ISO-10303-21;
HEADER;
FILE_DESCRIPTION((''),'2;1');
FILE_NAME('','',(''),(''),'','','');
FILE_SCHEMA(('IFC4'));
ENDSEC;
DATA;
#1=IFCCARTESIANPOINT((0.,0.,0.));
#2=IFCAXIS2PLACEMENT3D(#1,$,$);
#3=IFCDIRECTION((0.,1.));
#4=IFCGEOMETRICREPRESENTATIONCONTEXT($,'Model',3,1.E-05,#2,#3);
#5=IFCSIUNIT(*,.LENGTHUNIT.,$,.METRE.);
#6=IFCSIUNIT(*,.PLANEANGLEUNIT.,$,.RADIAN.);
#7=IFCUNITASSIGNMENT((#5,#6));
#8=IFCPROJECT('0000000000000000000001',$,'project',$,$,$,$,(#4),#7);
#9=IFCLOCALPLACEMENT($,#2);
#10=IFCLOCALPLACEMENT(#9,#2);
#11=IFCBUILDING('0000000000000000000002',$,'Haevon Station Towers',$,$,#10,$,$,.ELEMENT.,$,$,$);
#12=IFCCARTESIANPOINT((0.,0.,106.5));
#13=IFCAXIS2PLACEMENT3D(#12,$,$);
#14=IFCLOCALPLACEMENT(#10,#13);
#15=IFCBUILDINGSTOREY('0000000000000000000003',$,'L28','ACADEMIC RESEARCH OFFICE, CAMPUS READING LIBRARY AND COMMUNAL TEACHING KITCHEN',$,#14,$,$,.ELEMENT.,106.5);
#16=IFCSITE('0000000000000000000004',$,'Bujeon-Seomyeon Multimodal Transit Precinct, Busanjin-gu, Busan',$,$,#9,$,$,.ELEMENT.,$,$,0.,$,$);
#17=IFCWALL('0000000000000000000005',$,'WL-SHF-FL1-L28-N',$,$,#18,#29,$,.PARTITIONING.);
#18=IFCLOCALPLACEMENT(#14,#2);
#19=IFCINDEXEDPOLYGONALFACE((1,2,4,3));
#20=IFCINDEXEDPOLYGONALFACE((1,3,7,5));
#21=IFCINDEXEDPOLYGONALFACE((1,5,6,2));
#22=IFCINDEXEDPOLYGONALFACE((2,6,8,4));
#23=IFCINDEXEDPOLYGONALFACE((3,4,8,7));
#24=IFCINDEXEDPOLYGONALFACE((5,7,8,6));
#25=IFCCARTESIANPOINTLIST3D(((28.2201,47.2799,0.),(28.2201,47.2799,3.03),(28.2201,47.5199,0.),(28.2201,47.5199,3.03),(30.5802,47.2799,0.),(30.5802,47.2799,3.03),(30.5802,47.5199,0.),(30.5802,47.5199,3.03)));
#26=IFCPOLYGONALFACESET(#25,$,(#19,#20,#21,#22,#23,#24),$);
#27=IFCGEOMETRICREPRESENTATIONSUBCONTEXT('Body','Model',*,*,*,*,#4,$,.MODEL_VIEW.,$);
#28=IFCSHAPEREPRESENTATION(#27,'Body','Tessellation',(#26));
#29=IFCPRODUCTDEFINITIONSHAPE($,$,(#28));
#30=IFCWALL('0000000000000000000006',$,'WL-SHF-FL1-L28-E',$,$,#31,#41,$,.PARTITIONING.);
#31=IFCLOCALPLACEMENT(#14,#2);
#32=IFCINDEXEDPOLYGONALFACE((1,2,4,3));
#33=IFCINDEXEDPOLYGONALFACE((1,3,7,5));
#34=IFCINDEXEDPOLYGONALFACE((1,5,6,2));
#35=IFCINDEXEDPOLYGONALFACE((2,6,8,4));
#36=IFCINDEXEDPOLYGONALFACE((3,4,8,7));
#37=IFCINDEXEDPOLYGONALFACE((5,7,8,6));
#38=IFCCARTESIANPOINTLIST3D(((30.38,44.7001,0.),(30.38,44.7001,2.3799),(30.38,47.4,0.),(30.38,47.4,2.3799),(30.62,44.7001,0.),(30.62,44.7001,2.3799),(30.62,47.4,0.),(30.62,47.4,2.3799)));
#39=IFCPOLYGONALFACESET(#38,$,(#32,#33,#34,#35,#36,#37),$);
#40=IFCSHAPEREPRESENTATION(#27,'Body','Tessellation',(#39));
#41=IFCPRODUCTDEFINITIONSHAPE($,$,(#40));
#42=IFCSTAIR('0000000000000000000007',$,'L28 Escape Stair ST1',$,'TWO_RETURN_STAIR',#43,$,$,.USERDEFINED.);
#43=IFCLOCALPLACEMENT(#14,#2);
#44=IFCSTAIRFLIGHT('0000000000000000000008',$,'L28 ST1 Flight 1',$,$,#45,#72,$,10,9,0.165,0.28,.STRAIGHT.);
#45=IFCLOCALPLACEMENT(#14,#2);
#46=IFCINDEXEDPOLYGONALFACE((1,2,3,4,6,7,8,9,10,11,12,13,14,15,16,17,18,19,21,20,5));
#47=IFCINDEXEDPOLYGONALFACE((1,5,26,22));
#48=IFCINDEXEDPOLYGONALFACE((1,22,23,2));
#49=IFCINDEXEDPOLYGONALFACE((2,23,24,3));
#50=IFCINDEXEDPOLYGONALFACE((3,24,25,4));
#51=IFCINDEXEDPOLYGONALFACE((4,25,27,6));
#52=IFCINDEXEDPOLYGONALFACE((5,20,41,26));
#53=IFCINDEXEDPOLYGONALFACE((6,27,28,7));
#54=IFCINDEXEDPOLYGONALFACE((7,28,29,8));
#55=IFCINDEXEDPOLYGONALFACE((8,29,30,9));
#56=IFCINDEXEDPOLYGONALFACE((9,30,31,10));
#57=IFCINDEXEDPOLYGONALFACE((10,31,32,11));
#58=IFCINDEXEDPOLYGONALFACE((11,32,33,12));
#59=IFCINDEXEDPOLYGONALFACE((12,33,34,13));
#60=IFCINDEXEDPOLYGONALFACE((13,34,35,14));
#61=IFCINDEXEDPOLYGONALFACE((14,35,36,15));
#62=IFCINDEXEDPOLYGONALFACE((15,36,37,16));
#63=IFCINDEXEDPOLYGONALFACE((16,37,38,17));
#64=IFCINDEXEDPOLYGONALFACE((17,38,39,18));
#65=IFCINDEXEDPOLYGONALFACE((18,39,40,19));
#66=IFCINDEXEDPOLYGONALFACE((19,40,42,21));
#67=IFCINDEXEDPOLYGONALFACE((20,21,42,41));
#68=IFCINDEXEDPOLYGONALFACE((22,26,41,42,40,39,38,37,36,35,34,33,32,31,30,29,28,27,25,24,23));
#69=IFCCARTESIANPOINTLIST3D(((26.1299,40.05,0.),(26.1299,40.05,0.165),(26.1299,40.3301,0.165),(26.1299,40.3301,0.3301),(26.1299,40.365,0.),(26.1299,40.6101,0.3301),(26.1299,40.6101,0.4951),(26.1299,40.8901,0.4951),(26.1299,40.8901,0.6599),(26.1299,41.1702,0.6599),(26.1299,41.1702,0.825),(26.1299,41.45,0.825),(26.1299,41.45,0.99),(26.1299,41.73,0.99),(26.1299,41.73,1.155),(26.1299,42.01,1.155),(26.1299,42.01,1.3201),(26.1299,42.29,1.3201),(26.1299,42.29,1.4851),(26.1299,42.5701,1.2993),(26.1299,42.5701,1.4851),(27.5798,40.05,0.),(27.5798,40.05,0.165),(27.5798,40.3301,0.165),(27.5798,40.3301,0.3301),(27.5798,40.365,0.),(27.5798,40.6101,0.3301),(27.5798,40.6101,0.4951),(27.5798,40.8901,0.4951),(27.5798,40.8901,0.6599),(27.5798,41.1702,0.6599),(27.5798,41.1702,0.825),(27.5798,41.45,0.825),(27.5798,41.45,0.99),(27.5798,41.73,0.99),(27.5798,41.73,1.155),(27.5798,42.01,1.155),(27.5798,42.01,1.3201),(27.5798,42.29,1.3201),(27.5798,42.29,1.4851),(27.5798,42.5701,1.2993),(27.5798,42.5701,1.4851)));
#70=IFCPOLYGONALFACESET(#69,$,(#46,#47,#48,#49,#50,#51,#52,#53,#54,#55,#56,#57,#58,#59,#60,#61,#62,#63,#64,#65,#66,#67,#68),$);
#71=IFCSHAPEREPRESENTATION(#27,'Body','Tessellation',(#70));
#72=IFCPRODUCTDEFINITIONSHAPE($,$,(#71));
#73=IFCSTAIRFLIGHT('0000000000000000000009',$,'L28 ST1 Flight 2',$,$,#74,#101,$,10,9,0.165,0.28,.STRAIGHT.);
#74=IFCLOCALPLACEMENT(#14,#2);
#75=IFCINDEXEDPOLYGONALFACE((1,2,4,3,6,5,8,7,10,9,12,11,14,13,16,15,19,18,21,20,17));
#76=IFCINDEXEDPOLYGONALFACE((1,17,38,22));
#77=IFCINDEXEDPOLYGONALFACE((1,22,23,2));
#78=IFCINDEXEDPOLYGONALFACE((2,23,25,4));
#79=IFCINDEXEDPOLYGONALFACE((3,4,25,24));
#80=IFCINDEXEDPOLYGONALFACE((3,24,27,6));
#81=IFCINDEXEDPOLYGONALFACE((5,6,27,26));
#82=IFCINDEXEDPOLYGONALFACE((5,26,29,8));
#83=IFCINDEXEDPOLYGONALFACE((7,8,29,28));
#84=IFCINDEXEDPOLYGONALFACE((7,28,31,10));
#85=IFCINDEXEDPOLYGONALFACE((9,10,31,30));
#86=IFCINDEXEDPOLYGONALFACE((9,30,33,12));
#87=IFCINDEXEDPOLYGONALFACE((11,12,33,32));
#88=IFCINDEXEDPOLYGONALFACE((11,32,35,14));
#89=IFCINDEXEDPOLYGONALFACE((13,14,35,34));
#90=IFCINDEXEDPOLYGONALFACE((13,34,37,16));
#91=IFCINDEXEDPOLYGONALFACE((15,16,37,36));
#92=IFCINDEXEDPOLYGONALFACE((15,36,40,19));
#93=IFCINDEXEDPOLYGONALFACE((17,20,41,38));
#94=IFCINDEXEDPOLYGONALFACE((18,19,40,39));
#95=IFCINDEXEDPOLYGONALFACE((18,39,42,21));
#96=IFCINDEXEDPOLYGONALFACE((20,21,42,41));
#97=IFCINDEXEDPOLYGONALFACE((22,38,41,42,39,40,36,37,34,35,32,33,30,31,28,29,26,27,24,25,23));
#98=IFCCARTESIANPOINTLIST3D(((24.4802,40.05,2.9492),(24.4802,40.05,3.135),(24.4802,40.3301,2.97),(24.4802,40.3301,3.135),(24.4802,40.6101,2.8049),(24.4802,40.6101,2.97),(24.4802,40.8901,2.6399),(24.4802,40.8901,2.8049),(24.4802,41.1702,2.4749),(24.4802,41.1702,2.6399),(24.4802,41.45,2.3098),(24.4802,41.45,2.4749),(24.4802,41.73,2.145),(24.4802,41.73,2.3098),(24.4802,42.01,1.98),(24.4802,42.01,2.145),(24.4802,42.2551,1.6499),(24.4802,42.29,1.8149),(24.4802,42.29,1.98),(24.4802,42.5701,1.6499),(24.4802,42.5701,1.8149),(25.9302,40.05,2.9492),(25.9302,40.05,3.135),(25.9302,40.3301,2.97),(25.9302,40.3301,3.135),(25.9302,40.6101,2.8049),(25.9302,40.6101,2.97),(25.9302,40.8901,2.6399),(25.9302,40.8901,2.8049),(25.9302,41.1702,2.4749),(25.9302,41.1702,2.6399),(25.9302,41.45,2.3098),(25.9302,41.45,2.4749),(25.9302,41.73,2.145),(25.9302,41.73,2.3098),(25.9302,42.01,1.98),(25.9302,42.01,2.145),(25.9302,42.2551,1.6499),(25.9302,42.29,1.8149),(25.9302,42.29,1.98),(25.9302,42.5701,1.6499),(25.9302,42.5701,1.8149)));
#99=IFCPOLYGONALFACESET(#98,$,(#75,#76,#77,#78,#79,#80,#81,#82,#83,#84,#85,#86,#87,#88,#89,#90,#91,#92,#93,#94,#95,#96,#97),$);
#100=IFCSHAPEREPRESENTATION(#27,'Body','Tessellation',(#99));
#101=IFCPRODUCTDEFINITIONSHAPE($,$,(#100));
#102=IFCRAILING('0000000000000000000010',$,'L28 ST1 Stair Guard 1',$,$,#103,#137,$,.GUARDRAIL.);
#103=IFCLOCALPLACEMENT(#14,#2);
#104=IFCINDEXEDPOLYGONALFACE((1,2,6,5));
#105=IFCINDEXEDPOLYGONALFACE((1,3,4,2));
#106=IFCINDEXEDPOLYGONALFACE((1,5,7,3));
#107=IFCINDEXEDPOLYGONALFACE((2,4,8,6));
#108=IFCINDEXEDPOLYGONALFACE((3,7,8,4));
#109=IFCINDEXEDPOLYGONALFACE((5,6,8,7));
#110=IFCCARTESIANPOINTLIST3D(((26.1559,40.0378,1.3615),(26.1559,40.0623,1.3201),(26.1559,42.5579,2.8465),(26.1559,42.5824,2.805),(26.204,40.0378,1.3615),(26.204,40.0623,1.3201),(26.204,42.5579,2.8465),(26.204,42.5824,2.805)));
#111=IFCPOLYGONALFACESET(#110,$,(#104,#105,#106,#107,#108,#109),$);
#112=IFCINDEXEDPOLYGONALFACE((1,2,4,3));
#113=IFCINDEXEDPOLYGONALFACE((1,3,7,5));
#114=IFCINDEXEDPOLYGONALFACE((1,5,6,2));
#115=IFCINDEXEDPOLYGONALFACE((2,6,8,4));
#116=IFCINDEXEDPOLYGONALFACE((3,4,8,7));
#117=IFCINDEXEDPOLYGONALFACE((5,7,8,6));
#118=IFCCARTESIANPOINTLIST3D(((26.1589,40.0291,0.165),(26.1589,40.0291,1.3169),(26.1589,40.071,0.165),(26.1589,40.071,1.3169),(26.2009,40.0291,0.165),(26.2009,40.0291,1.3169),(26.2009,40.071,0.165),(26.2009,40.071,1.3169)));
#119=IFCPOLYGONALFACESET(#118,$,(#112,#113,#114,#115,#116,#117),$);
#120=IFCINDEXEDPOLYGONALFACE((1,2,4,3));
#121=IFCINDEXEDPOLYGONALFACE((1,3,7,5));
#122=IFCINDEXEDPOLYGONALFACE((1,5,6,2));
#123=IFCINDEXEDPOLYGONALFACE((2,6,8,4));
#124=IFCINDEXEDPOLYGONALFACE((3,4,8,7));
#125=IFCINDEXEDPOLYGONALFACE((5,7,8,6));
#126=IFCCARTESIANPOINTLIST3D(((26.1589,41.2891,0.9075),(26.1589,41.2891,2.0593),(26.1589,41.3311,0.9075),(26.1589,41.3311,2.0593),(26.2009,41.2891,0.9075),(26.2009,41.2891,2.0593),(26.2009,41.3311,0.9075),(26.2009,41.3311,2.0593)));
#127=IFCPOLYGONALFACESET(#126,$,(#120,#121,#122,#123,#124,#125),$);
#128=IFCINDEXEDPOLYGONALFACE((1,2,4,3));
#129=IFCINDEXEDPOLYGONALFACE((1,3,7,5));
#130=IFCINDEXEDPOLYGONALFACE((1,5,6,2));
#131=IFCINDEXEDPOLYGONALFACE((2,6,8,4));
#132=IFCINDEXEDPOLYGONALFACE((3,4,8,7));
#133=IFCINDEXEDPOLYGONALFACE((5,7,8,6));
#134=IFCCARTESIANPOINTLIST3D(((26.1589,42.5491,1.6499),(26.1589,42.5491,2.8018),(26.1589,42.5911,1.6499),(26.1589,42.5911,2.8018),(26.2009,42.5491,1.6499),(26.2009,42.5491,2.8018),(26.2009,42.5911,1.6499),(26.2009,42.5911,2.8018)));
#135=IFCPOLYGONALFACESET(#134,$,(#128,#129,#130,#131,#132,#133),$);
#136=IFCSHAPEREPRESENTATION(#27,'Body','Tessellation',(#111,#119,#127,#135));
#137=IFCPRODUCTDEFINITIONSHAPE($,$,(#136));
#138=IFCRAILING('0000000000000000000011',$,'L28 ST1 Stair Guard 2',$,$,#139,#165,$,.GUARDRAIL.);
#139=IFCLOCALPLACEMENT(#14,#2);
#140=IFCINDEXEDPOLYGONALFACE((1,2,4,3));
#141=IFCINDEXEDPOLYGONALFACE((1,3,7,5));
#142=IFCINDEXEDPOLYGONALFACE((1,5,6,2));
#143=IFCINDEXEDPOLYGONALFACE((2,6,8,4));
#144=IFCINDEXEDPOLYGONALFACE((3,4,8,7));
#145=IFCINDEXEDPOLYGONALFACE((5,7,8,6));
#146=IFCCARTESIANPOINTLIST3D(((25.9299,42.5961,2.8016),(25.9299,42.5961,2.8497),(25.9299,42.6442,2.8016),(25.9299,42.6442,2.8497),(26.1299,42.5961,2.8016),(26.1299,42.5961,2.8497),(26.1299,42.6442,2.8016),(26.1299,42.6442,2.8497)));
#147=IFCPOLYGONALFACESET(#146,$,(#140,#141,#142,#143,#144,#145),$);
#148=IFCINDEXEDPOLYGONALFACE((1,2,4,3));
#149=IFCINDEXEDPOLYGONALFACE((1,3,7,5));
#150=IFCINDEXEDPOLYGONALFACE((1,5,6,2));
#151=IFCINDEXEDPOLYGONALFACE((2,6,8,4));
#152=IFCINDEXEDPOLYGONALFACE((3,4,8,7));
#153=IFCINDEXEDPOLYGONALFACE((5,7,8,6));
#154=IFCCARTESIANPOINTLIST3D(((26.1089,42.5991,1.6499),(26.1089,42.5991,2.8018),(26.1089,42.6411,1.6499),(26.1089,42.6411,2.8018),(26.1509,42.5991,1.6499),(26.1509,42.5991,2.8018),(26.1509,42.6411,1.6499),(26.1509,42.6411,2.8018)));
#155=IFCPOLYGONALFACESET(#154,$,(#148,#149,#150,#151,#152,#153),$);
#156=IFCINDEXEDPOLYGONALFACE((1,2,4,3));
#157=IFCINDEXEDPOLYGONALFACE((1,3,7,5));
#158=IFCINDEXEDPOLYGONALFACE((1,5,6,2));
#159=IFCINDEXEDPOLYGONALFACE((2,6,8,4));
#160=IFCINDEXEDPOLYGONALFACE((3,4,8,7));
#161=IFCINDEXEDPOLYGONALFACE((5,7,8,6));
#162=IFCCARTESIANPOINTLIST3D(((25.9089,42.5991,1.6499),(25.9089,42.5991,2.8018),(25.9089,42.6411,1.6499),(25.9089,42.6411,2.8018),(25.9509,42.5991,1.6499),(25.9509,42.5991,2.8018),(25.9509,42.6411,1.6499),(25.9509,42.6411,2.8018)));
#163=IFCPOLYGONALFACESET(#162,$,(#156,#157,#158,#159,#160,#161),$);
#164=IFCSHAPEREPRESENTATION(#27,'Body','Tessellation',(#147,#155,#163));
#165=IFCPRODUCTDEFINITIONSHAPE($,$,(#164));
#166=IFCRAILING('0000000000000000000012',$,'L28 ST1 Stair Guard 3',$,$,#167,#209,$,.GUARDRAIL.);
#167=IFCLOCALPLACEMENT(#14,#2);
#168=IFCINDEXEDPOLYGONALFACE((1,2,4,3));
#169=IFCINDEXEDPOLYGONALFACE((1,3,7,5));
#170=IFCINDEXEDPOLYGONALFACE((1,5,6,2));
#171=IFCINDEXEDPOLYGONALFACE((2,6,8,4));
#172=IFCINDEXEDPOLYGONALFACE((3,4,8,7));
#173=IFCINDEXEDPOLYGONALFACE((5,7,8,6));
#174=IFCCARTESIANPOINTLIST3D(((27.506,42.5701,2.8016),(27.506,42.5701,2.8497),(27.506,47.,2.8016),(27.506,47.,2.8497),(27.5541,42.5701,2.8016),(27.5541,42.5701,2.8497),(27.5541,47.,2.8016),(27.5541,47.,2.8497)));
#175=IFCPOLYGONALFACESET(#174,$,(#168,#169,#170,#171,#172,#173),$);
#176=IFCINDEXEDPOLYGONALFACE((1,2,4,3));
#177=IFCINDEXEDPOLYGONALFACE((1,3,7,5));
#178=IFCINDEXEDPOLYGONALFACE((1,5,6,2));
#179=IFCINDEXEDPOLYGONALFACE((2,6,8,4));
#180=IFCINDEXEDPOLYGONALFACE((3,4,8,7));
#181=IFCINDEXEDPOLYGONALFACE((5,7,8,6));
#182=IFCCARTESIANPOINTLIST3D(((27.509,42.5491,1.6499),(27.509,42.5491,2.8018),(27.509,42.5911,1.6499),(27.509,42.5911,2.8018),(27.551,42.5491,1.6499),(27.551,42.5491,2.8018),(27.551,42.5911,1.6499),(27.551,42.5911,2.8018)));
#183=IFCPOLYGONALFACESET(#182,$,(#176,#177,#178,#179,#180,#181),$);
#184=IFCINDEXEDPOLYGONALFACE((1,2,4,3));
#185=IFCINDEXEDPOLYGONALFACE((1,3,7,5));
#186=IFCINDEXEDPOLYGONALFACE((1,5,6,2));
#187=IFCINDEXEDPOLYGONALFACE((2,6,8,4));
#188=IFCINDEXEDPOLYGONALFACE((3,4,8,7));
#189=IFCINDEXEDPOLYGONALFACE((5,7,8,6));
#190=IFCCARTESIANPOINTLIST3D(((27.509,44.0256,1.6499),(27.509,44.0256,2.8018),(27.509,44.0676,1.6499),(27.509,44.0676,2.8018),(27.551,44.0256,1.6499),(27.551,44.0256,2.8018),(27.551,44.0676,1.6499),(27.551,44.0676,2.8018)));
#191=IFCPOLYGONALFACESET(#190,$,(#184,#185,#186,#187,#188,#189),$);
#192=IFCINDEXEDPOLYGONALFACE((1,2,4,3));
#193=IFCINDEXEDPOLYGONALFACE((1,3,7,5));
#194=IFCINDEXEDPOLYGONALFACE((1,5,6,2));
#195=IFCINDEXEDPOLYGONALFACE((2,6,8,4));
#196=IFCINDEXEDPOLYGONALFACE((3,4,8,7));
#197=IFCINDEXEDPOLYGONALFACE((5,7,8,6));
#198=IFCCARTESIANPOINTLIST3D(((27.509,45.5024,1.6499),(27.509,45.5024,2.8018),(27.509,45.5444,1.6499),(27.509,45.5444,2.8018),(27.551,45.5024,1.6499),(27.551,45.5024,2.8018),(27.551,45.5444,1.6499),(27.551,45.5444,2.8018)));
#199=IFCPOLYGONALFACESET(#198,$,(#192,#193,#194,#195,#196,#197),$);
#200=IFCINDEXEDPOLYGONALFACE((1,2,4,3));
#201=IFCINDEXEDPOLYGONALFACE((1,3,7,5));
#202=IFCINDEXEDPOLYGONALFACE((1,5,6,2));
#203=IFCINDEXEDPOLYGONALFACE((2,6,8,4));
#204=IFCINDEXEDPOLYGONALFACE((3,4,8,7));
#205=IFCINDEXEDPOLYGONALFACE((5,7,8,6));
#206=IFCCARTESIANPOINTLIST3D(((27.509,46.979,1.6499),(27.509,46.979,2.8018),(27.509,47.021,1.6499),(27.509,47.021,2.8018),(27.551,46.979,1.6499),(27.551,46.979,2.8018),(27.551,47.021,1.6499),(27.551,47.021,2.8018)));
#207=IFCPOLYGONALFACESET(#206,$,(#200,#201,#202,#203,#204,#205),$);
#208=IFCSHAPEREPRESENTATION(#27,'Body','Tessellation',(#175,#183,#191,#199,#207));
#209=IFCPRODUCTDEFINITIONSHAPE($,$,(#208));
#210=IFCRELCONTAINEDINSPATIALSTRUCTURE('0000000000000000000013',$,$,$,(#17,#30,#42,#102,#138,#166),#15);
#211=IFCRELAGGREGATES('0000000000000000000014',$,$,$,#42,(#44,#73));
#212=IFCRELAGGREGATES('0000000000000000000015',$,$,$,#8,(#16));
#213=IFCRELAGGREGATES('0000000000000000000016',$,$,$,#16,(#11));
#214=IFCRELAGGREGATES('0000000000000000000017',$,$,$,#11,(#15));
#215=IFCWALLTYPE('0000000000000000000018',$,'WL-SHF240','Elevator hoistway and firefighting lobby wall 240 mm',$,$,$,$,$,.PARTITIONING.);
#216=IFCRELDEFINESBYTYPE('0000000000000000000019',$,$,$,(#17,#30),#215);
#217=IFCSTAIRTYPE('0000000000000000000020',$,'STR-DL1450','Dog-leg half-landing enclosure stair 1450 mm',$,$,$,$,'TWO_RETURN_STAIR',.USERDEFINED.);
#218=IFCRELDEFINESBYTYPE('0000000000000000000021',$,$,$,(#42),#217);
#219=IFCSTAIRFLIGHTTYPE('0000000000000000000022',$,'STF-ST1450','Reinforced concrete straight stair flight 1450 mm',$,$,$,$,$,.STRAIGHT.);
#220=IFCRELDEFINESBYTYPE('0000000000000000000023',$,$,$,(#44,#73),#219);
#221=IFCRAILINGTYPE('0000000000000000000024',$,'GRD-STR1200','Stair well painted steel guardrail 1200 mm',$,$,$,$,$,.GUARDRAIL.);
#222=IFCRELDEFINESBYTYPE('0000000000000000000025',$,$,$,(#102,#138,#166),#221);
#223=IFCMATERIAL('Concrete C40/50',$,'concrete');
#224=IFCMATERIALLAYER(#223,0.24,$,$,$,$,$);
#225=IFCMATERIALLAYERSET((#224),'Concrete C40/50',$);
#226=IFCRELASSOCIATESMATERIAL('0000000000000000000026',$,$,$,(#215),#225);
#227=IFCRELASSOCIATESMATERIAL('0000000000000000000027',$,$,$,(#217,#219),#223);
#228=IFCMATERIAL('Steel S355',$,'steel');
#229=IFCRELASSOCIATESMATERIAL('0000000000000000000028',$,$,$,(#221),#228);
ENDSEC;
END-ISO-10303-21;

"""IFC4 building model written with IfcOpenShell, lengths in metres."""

from ifc_helpers import new_model, si_unit, direction, frame, frame_2d, origin, origin_2d, place, context, subcontext, project, spatial, polyline, rectangle, outline, extrude, material, layer, layer_set, type_object, element, aggregate, save


model = new_model("IFC4")

# Units and contexts
model_context = context("Model", 3, precision=1e-05, world=origin(), true_north=direction((0.0, 1.0)))
body_context = subcontext(model_context, "Body", "Model", "MODEL_VIEW")
ifc_project = project(units=[si_unit("LENGTHUNIT", "METRE"), si_unit("PLANEANGLEUNIT", "RADIAN")], contexts=[model_context])

# Site, building, storey
site_placement = place(None, origin())
site = spatial("IfcSite", under=ifc_project, at=site_placement, Name="Bujeon-Seomyeon Multimodal Transit Precinct, Busanjin-gu, Busan", CompositionType="ELEMENT", RefElevation=0.0)
building_placement = place(site_placement, origin())
building = spatial("IfcBuilding", under=site, at=building_placement, Name="Haevon Station Towers", CompositionType="ELEMENT")
storey_placement = place(building_placement, frame((0.0, 0.0, 106.5)))
storey = spatial("IfcBuildingStorey", under=building, at=storey_placement, Name="L28", Description="ACADEMIC RESEARCH OFFICE, CAMPUS READING LIBRARY AND COMMUNAL TEACHING KITCHEN", CompositionType="ELEMENT", Elevation=106.5)

# Shared definitions
ifc_material_1 = material(Name="Steel S355", Category="steel")

# Shared definitions
ifc_material_2 = material(Name="Concrete C40/50", Category="concrete")
ifc_layer_1 = layer(ifc_material_2, 0.24)
ifc_layer_set_1 = layer_set([ifc_layer_1], Name="Concrete C40/50")
wall_type_1 = type_object("IfcWallType", Name="WL-SHF240", Description="Elevator hoistway and firefighting lobby wall 240 mm", PredefinedType="PARTITIONING", material=ifc_layer_set_1)

# Walls
wall_1_placement = place(storey_placement, frame((28.22, 47.3999, 0.0), z_axis=(0.0, 0.0, 1.0), x_axis=(1.0, 0.0, 0.0)))
element("IfcWall", 1, at=wall_1_placement, inside=storey, type_object=wall_type_1, Name="WL-SHF-FL1-L28-N", PredefinedType="PARTITIONING", context=body_context, shape_type="SweptSolid", body=[
    extrude(rectangle(XDim=2.3601, YDim=0.24, at=frame_2d((1.1802, 0.0))), origin(), (0.0, 0.0, 1.0), 3.03),
])
wall_2_placement = place(storey_placement, frame((30.5, 44.7, 0.0), z_axis=(0.0, 0.0, 1.0), x_axis=(0.0, 1.0, 0.0)))
element("IfcWall", 2, at=wall_2_placement, inside=storey, type_object=wall_type_1, Name="WL-SHF-FL1-L28-E", PredefinedType="PARTITIONING", context=body_context, shape_type="SweptSolid", body=[
    extrude(rectangle(XDim=2.7, YDim=0.24, at=frame_2d((1.3501, 0.0))), origin(), (0.0, 0.0, 1.0), 2.3799),
])

# Stair, stair flights
stair_type = type_object("IfcStairType", Name="STR-DL1450", Description="Dog-leg half-landing enclosure stair 1450 mm", ElementType="TWO_RETURN_STAIR", PredefinedType="USERDEFINED", material=ifc_material_2)
stair_placement = place(storey_placement, origin())
stair = element("IfcStair", 3, at=stair_placement, inside=storey, type_object=stair_type, Name="L28 Escape Stair ST1", ObjectType="TWO_RETURN_STAIR", PredefinedType="USERDEFINED")
stair_flight_type = type_object("IfcStairFlightType", Name="STF-ST1450", Description="Reinforced concrete straight stair flight 1450 mm", PredefinedType="STRAIGHT", material=ifc_material_2)
stair_flight_1_placement = place(storey_placement, frame((26.855, 40.05, 0.0), z_axis=(0.0, 0.0, 1.0), x_axis=(0.0, 1.0, 0.0)))
stair_flight_1 = element("IfcStairFlight", 4, at=stair_flight_1_placement, type_object=stair_flight_type, Name="L28 ST1 Flight 1", NumberOfRisers=10, NumberOfTreads=9, PredefinedType="STRAIGHT", RiserHeight=0.165, TreadLength=0.28, context=body_context, shape_type="SweptSolid", body=[
    extrude(outline(polyline([(0.0, 0.0), (0.0, 0.165), (0.28, 0.165), (0.28, 0.3301), (0.5601, 0.3301), (0.5601, 0.4951), (0.8401, 0.4951), (0.8401, 0.6599), (1.1201, 0.6599), (1.1201, 0.825), (1.3999, 0.825), (1.3999, 0.99), (1.6799, 0.99), (1.6799, 1.155), (1.96, 1.155), (1.96, 1.3201), (2.24, 1.3201), (2.24, 1.4851), (2.52, 1.4851), (2.52, 1.6499), (2.52, 1.2993), (0.3149, 0.0), (0.0, 0.0)])), frame((0.0, 0.7251, 0.0), z_axis=(0.0, -1.0, 0.0), x_axis=(1.0, 0.0, 0.0)), (0.0, 0.0, 1.0), 1.45),
])
stair_flight_2_placement = place(storey_placement, frame((25.2051, 42.5701, 1.6499), z_axis=(0.0, 0.0, 1.0), x_axis=(0.0, -1.0, 0.0)))
stair_flight_2 = element("IfcStairFlight", 5, at=stair_flight_2_placement, type_object=stair_flight_type, Name="L28 ST1 Flight 2", NumberOfRisers=10, NumberOfTreads=9, PredefinedType="STRAIGHT", RiserHeight=0.165, TreadLength=0.28, context=body_context, shape_type="SweptSolid", body=[
    extrude(outline(polyline([(0.0, 0.0), (0.0, 0.165), (0.28, 0.165), (0.28, 0.3301), (0.5601, 0.3301), (0.5601, 0.4951), (0.8401, 0.4951), (0.8401, 0.6599), (1.1201, 0.6599), (1.1201, 0.825), (1.3999, 0.825), (1.3999, 0.99), (1.6799, 0.99), (1.6799, 1.155), (1.96, 1.155), (1.96, 1.3201), (2.24, 1.3201), (2.24, 1.4851), (2.52, 1.4851), (2.52, 1.6499), (2.52, 1.2993), (0.3149, 0.0), (0.0, 0.0)])), frame((0.0, 0.7251, 0.0), z_axis=(0.0, -1.0, 0.0), x_axis=(1.0, 0.0, 0.0)), (0.0, 0.0, 1.0), 1.45),
])
aggregate(stair, [stair_flight_1, stair_flight_2])

# Railings
railing_type_1 = type_object("IfcRailingType", Name="GRD-STR1200", Description="Stair well painted steel guardrail 1200 mm", PredefinedType="GUARDRAIL", material=ifc_material_1)
railing_1_placement = place(storey_placement, frame((26.1799, 40.05, 0.165)))
element("IfcRailing", 6, at=railing_1_placement, inside=storey, type_object=railing_type_1, Name="L28 ST1 Stair Guard 1", PredefinedType="GUARDRAIL", context=body_context, shape_type="SweptSolid", body=[
    extrude(rectangle(XDim=0.0481, YDim=0.0481, at=origin_2d()), frame((0.0, 0.0, 1.1758), z_axis=(0.0, 0.861561, 0.507655), x_axis=(-1.0, 0.0, 0.0)), (0.0, 0.0, 1.0), 2.925),
    extrude(rectangle(XDim=0.042, YDim=0.042, at=origin_2d()), origin(), (0.0, 0.0, 1.0), 1.1519),
    extrude(rectangle(XDim=0.042, YDim=0.042, at=origin_2d()), frame((0.0, 1.26, 0.7424)), (0.0, 0.0, 1.0), 1.1519),
    extrude(rectangle(XDim=0.042, YDim=0.042, at=origin_2d()), frame((0.0, 2.52, 1.4849)), (0.0, 0.0, 1.0), 1.1519),
])
railing_2_placement = place(storey_placement, frame((26.1299, 42.6201, 1.6499)))
element("IfcRailing", 7, at=railing_2_placement, inside=storey, type_object=railing_type_1, Name="L28 ST1 Stair Guard 2", PredefinedType="GUARDRAIL", context=body_context, shape_type="SweptSolid", body=[
    extrude(rectangle(XDim=0.0481, YDim=0.0481, at=origin_2d()), frame((0.0, 0.0, 1.1758), z_axis=(-1.0, 0.0, 0.0), x_axis=(0.0, -1.0, 0.0)), (0.0, 0.0, 1.0), 0.2),
    extrude(rectangle(XDim=0.042, YDim=0.042, at=origin_2d()), origin(), (0.0, 0.0, 1.0), 1.1519),
    extrude(rectangle(XDim=0.042, YDim=0.042, at=origin_2d()), frame((-0.2, 0.0, 0.0)), (0.0, 0.0, 1.0), 1.1519),
])
railing_3_placement = place(storey_placement, frame((27.53, 42.5701, 1.6499)))
element("IfcRailing", 8, at=railing_3_placement, inside=storey, type_object=railing_type_1, Name="L28 ST1 Stair Guard 3", PredefinedType="GUARDRAIL", context=body_context, shape_type="SweptSolid", body=[
    extrude(rectangle(XDim=0.0481, YDim=0.0481, at=origin_2d()), frame((0.0, 0.0, 1.1758), z_axis=(0.0, 1.0, 0.0), x_axis=(-1.0, 0.0, 0.0)), (0.0, 0.0, 1.0), 4.4299),
    extrude(rectangle(XDim=0.042, YDim=0.042, at=origin_2d()), origin(), (0.0, 0.0, 1.0), 1.1519),
    extrude(rectangle(XDim=0.042, YDim=0.042, at=origin_2d()), frame((0.0, 1.4766, 0.0)), (0.0, 0.0, 1.0), 1.1519),
    extrude(rectangle(XDim=0.042, YDim=0.042, at=origin_2d()), frame((0.0, 2.9534, 0.0)), (0.0, 0.0, 1.0), 1.1519),
    extrude(rectangle(XDim=0.042, YDim=0.042, at=origin_2d()), frame((0.0, 4.4299, 0.0)), (0.0, 0.0, 1.0), 1.1519),
])

save(model, "model.ifc")
